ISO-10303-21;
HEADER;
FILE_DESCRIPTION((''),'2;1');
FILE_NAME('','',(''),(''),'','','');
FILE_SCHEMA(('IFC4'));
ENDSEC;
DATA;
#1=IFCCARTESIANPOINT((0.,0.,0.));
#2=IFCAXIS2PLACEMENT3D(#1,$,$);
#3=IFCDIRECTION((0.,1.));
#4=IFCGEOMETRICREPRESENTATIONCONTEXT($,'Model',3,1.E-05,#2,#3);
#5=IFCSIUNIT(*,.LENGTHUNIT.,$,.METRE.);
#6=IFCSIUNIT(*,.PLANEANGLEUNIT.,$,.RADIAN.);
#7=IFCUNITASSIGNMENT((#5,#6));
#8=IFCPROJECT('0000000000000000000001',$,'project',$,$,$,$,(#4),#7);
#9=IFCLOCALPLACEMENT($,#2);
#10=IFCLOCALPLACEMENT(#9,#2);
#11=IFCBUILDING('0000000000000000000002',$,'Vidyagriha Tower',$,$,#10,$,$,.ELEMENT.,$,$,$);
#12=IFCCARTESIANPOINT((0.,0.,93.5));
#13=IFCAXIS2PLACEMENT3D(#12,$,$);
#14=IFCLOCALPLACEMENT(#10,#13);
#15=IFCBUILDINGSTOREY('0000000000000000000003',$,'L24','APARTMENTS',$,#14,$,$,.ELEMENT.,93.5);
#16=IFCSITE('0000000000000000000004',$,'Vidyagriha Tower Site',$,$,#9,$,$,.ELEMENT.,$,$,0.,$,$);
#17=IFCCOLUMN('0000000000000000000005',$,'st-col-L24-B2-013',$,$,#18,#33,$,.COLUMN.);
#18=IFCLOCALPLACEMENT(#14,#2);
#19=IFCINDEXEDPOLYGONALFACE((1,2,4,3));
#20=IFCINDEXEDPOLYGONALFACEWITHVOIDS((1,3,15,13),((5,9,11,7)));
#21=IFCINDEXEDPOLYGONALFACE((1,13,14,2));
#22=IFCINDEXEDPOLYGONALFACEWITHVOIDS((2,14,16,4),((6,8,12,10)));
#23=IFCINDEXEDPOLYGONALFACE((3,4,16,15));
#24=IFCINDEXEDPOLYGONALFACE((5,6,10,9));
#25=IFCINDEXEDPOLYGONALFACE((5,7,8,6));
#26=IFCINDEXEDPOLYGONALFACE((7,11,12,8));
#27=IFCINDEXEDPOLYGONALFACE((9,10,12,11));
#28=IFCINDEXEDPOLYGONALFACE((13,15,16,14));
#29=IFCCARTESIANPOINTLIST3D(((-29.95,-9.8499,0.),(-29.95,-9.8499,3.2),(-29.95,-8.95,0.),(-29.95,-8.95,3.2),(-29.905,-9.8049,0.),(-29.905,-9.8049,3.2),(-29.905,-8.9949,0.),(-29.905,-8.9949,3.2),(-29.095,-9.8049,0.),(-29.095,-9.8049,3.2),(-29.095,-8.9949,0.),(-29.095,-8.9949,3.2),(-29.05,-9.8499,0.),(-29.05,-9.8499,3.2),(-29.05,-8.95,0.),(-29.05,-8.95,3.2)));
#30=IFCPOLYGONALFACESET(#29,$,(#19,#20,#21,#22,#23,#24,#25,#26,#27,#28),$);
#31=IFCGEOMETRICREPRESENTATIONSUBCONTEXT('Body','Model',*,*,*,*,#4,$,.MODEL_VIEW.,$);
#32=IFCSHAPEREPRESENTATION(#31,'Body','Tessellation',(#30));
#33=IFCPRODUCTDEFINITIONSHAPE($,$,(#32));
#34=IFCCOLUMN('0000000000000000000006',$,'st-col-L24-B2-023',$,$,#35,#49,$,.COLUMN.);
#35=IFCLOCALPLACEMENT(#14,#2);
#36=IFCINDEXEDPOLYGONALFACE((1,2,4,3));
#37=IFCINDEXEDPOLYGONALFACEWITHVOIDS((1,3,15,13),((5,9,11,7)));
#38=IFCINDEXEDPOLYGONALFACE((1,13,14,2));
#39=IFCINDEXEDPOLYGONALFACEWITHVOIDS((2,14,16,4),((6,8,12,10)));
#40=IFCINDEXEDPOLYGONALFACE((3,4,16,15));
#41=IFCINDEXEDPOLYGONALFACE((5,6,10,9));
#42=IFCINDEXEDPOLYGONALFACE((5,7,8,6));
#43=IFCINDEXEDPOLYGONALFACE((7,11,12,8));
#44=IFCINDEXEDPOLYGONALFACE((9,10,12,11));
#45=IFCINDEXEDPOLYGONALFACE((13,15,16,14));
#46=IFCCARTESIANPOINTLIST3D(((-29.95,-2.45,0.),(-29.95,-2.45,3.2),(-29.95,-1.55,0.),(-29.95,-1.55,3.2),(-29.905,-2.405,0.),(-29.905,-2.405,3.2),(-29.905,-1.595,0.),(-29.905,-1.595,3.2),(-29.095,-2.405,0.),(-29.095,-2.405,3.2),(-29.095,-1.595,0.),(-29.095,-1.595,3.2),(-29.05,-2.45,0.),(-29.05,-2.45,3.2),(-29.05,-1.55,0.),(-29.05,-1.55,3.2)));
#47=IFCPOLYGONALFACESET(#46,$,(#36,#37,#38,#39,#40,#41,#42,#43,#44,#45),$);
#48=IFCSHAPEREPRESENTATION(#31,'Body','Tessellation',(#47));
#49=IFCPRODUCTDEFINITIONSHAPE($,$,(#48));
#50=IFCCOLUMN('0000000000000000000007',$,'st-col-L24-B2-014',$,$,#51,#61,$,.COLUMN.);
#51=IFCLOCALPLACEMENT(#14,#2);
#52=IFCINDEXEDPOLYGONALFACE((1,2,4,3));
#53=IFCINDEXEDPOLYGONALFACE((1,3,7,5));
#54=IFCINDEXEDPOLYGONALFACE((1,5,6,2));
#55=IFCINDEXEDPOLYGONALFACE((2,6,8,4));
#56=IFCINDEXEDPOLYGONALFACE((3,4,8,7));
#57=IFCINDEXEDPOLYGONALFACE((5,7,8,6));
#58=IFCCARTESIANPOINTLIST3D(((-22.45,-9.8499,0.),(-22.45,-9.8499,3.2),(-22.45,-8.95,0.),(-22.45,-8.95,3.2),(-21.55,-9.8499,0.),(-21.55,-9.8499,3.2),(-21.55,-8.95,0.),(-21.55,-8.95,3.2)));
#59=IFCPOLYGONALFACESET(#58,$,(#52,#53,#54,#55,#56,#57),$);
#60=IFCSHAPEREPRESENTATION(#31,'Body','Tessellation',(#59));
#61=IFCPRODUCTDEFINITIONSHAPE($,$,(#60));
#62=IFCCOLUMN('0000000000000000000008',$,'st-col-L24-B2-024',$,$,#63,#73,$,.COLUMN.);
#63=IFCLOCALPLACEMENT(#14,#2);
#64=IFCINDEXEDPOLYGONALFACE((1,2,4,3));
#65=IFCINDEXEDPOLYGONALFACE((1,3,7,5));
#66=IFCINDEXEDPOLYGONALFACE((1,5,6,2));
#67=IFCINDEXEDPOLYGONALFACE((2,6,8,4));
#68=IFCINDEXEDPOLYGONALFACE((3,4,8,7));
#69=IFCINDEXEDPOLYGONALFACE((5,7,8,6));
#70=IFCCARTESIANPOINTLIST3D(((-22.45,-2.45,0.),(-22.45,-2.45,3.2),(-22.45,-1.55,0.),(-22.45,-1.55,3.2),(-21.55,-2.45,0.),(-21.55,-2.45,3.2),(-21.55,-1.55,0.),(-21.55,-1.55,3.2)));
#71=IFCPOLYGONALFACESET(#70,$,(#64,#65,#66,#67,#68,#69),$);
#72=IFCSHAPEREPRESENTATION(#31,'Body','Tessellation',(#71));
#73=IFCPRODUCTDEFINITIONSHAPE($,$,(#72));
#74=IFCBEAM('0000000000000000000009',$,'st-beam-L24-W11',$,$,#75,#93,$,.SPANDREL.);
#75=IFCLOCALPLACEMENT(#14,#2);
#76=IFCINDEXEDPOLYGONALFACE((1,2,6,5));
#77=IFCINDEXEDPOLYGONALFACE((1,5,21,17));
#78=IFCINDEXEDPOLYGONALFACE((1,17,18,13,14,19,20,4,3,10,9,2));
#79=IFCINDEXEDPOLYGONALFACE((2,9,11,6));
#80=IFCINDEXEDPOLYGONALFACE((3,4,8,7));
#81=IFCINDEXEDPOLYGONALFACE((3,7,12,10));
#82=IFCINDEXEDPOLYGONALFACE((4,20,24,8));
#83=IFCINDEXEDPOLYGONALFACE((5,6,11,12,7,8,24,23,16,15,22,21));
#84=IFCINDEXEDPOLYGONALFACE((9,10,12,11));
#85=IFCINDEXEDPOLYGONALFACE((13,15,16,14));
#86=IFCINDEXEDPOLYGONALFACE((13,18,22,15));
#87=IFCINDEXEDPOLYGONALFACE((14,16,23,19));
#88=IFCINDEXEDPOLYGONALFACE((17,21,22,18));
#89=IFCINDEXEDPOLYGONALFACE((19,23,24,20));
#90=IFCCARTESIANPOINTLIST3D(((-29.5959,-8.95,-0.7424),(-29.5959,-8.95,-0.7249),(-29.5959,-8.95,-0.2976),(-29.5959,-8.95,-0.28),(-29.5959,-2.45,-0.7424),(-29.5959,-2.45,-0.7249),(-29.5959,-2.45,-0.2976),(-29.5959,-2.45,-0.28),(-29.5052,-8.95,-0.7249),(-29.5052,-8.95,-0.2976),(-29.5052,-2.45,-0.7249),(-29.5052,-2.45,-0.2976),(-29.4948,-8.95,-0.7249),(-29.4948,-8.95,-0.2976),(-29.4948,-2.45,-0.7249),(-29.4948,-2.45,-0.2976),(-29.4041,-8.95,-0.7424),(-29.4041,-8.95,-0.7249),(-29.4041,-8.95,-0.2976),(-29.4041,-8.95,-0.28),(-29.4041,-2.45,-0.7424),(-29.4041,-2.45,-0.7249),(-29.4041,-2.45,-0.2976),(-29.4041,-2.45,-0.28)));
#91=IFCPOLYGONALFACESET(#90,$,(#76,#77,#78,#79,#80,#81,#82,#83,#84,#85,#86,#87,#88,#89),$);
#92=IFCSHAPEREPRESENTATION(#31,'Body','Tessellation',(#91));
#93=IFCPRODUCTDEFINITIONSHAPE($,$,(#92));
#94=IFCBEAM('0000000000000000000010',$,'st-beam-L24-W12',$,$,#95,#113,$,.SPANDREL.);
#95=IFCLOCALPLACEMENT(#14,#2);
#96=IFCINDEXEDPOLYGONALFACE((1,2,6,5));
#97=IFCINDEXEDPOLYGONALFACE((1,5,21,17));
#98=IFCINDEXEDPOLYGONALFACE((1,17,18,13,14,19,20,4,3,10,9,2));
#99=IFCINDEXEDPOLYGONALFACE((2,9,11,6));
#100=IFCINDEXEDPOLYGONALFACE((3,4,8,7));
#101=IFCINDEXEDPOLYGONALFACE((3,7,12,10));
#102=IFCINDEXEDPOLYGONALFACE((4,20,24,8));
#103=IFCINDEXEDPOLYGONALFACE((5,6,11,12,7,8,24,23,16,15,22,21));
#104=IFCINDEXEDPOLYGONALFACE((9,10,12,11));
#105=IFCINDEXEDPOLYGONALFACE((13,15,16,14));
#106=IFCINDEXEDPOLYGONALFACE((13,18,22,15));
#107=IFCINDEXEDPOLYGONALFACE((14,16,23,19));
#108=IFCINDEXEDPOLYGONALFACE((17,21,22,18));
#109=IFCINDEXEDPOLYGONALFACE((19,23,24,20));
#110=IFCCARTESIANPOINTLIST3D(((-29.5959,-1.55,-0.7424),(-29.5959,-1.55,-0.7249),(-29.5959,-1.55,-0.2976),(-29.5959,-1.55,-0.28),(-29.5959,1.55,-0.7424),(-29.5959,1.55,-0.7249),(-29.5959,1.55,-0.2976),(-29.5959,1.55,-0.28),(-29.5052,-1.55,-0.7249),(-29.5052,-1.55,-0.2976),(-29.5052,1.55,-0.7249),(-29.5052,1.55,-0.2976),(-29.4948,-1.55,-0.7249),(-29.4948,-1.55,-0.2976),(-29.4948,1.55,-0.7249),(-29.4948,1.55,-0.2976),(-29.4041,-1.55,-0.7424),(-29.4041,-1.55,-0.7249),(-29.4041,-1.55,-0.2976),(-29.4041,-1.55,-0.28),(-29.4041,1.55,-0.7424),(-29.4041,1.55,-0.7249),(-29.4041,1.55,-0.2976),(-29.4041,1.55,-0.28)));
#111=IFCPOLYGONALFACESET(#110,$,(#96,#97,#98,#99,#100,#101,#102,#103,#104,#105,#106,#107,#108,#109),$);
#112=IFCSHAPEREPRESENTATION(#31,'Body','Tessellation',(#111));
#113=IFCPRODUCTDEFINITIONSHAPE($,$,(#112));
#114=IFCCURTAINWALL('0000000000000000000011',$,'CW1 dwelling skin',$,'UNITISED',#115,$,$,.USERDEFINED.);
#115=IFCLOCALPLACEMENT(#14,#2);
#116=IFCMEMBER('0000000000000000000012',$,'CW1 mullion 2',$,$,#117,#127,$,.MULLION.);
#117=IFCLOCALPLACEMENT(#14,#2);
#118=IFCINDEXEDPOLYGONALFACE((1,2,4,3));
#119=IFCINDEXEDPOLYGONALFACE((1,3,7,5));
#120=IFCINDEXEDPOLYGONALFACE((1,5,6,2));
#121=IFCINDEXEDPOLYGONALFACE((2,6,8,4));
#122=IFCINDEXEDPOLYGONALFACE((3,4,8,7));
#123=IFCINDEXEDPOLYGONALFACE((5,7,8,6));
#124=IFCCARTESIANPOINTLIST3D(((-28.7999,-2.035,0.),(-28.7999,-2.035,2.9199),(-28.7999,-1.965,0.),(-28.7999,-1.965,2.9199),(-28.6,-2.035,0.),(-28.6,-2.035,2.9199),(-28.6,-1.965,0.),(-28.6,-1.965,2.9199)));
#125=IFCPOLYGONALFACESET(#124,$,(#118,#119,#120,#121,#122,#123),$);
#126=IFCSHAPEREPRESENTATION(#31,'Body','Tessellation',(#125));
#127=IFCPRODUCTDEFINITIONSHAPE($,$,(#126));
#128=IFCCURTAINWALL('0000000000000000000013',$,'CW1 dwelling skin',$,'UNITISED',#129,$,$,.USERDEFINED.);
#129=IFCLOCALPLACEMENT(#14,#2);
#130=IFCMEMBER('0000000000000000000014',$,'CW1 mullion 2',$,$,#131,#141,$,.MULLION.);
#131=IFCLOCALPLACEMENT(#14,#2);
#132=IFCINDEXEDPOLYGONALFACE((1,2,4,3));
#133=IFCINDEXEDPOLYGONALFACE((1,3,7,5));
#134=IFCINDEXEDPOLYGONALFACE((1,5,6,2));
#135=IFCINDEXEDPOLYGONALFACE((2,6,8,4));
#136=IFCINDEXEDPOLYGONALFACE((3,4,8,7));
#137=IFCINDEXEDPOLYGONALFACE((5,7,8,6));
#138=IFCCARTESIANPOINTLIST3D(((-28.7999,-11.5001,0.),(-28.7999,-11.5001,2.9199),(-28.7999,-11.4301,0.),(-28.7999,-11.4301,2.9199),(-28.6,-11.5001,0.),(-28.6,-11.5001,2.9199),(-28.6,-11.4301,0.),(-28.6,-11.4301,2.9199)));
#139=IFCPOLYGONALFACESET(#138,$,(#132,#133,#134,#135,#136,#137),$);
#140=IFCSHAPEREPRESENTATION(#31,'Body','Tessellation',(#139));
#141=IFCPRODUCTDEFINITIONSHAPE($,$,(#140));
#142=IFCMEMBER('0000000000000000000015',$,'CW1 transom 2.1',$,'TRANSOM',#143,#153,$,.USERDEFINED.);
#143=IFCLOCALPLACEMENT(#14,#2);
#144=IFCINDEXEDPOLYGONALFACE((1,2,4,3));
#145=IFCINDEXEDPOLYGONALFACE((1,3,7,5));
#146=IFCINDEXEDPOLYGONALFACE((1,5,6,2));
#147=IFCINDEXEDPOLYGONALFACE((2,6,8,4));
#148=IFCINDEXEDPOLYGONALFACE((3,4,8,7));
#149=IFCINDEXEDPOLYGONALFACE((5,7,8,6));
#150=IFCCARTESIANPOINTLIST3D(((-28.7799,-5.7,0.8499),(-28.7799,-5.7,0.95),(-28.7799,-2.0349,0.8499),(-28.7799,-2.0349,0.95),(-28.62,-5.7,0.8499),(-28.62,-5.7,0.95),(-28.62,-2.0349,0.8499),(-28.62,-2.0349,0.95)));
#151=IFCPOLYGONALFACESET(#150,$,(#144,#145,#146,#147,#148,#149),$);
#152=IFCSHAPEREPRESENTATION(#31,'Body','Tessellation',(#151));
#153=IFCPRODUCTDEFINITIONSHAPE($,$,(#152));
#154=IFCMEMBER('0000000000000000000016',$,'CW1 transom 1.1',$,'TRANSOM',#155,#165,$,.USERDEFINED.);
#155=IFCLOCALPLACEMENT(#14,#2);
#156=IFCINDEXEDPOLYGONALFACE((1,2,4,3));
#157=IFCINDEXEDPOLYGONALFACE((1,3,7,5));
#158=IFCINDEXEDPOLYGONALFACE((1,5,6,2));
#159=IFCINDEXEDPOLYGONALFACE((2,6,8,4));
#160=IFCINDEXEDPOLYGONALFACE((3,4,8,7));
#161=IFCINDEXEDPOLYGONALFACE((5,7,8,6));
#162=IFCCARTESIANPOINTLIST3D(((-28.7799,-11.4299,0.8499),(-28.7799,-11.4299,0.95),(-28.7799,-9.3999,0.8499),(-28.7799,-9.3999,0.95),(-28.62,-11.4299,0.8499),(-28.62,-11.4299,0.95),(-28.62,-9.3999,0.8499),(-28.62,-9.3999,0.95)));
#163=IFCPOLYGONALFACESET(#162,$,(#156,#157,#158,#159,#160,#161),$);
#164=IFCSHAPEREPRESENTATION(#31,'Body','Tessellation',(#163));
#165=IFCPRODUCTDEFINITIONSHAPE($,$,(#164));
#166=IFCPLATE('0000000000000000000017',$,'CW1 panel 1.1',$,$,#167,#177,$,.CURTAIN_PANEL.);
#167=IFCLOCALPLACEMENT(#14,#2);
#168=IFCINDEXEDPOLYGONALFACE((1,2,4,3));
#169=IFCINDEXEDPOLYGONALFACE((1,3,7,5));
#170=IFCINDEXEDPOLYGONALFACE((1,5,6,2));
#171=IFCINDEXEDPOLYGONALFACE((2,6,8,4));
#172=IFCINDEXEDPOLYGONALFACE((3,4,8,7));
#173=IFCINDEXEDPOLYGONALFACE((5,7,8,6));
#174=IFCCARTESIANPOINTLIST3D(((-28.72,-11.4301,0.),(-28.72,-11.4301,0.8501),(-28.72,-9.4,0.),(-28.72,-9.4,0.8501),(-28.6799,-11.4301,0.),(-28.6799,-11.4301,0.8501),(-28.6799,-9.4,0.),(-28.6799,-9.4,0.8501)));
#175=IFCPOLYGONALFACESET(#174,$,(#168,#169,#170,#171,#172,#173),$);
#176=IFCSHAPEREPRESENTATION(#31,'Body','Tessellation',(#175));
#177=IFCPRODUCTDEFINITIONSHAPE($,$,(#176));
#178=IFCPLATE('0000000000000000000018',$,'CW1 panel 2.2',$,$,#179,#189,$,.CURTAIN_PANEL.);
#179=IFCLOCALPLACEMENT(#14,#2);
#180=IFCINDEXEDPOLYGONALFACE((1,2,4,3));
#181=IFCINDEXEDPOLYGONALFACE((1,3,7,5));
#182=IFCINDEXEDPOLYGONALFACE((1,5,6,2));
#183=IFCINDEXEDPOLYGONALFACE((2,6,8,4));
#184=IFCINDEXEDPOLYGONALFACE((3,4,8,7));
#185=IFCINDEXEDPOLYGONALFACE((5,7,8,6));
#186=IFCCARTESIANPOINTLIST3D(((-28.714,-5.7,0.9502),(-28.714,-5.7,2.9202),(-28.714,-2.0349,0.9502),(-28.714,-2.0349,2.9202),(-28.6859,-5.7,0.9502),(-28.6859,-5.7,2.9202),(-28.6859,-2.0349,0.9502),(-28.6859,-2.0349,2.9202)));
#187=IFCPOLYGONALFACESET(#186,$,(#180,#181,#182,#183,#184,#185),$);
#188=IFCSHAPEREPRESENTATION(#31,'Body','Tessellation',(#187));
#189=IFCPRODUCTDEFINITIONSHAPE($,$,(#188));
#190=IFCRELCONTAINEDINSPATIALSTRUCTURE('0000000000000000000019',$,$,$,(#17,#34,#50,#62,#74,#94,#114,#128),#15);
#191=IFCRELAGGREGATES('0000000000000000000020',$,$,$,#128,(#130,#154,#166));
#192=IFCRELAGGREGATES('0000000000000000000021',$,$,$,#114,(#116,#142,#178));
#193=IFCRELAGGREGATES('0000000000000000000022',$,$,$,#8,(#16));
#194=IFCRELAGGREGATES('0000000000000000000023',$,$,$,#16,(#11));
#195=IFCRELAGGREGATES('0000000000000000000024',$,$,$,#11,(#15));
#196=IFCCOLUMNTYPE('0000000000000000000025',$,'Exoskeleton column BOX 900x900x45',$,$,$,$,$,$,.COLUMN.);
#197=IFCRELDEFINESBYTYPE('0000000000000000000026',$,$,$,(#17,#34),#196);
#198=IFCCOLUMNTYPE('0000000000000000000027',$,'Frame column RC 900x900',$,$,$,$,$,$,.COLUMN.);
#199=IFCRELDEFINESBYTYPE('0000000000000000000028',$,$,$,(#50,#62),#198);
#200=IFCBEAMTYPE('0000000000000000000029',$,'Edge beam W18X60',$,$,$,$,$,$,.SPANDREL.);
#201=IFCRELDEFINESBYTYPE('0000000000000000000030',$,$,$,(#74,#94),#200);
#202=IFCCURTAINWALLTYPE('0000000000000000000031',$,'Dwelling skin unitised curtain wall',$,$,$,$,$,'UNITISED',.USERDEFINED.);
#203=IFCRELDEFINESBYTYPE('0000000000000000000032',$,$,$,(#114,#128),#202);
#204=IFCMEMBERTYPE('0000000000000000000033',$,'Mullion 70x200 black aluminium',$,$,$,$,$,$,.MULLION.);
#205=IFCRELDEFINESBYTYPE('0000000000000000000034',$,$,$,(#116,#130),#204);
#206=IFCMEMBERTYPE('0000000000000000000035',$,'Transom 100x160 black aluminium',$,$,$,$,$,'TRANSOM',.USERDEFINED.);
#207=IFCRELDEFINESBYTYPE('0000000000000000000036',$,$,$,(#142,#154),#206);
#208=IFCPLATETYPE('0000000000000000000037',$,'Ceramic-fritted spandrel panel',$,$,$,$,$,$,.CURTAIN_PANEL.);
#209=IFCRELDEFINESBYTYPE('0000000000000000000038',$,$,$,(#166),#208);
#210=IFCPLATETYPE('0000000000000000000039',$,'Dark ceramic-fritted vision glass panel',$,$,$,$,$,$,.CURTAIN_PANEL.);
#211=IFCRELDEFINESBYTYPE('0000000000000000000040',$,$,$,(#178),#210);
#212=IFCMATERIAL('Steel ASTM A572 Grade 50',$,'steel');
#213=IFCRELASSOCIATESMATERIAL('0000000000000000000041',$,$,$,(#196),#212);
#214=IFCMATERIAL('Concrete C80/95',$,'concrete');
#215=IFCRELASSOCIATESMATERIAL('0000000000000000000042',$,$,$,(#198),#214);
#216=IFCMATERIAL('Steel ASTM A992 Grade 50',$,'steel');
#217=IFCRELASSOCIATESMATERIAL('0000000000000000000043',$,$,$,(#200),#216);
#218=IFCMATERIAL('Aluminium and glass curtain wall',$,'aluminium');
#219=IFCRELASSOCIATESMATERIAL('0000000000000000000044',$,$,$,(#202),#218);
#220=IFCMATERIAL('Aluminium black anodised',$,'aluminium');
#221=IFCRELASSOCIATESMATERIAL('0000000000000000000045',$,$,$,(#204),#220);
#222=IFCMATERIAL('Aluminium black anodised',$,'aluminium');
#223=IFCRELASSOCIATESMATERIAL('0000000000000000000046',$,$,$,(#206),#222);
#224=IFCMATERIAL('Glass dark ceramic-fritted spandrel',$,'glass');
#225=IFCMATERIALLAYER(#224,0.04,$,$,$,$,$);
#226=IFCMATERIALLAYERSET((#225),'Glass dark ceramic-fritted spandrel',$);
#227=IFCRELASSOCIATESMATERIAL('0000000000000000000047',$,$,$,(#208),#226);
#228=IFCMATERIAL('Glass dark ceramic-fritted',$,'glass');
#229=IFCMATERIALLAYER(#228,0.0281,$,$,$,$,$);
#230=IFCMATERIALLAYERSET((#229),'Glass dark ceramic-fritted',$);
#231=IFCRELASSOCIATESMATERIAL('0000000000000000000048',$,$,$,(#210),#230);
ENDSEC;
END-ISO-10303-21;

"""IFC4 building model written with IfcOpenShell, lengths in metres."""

from ifc_helpers import new_model, si_unit, direction, frame, origin, origin_2d, place, context, subcontext, project, spatial, rectangle, hollow_rectangle, i_section, extrude, material, layer, layer_set, material_profile, profile_set, type_object, element, aggregate, save


model = new_model("IFC4")

# Units and contexts
model_context = context("Model", 3, precision=1e-05, world=origin(), true_north=direction((0.0, 1.0)))
body_context = subcontext(model_context, "Body", "Model", "MODEL_VIEW")
ifc_project = project(units=[si_unit("LENGTHUNIT", "METRE"), si_unit("PLANEANGLEUNIT", "RADIAN")], contexts=[model_context])

# Site, building, storey
site_placement = place(None, origin())
site = spatial("IfcSite", under=ifc_project, at=site_placement, Name="Vidyagriha Tower Site", CompositionType="ELEMENT", RefElevation=0.0)
building_placement = place(site_placement, origin())
building = spatial("IfcBuilding", under=site, at=building_placement, Name="Vidyagriha Tower", CompositionType="ELEMENT")
storey_placement = place(building_placement, frame((0.0, 0.0, 93.5)))
storey = spatial("IfcBuildingStorey", under=building, at=storey_placement, Name="L24", Description="APARTMENTS", CompositionType="ELEMENT", Elevation=93.5)

# Columns
ifc_material_1 = material(Name="Steel ASTM A572 Grade 50", Category="steel")
ifc_material_profile_1 = material_profile(ifc_material_1, hollow_rectangle(XDim=0.8999, YDim=0.8999, WallThickness=0.0449, at=origin_2d()), Name="BOX 900x900x45")
ifc_profile_set_1 = profile_set([ifc_material_profile_1], Name="Steel ASTM A572 Grade 50")
column_type_1 = type_object("IfcColumnType", Name="Exoskeleton column BOX 900x900x45", PredefinedType="COLUMN", material=ifc_profile_set_1)
for number, where, name in (
    (1, (-29.5, -9.3999, 0.0), "st-col-L24-B2-013"),
    (2, (-29.5, -2.0, 0.0), "st-col-L24-B2-023"),
):
    element("IfcColumn", number, at=place(storey_placement, frame(where)), inside=storey, type_object=column_type_1, Name=name, PredefinedType="COLUMN", context=body_context, shape_type="SweptSolid", body=[
        extrude(hollow_rectangle(XDim=0.8999, YDim=0.8999, WallThickness=0.0449, at=origin_2d()), origin(), (0.0, 0.0, 1.0), 3.2),
    ])
ifc_material_2 = material(Name="Concrete C80/95", Category="concrete")
ifc_material_profile_2 = material_profile(ifc_material_2, rectangle(XDim=0.8999, YDim=0.8999, at=origin_2d()), Name="RC 900x900")
ifc_profile_set_2 = profile_set([ifc_material_profile_2], Name="Concrete C80/95")
column_type_2 = type_object("IfcColumnType", Name="Frame column RC 900x900", PredefinedType="COLUMN", material=ifc_profile_set_2)
for number, where, name in (
    (3, (-22.0, -9.3999, 0.0), "st-col-L24-B2-014"),
    (4, (-22.0, -2.0, 0.0), "st-col-L24-B2-024"),
):
    element("IfcColumn", number, at=place(storey_placement, frame(where)), inside=storey, type_object=column_type_2, Name=name, PredefinedType="COLUMN", context=body_context, shape_type="SweptSolid", body=[
        extrude(rectangle(XDim=0.8999, YDim=0.8999, at=origin_2d()), origin(), (0.0, 0.0, 1.0), 3.2),
    ])

# Beams
ifc_material_3 = material(Name="Steel ASTM A992 Grade 50", Category="steel")
ifc_material_profile_3 = material_profile(ifc_material_3, i_section(OverallWidth=0.1919, OverallDepth=0.4624, WebThickness=0.0105, FlangeThickness=0.0176, at=origin_2d()), Name="W18X60")
ifc_profile_set_3 = profile_set([ifc_material_profile_3], Name="Steel ASTM A992 Grade 50")
beam_type = type_object("IfcBeamType", Name="Edge beam W18X60", PredefinedType="SPANDREL", material=ifc_profile_set_3)
beam_1_placement = place(storey_placement, frame((-29.5, -8.95, -0.5112), z_axis=(0.0, 1.0, 0.0), x_axis=(-1.0, 0.0, 0.0)))
element("IfcBeam", 5, at=beam_1_placement, inside=storey, type_object=beam_type, Name="st-beam-L24-W11", PredefinedType="SPANDREL", context=body_context, shape_type="SweptSolid", body=[
    extrude(i_section(OverallWidth=0.1919, OverallDepth=0.4624, WebThickness=0.0105, FlangeThickness=0.0176, at=origin_2d()), origin(), (0.0, 0.0, 1.0), 6.5),
])
beam_2_placement = place(storey_placement, frame((-29.5, -1.55, -0.5112), z_axis=(0.0, 1.0, 0.0), x_axis=(-1.0, 0.0, 0.0)))
element("IfcBeam", 6, at=beam_2_placement, inside=storey, type_object=beam_type, Name="st-beam-L24-W12", PredefinedType="SPANDREL", context=body_context, shape_type="SweptSolid", body=[
    extrude(i_section(OverallWidth=0.1919, OverallDepth=0.4624, WebThickness=0.0105, FlangeThickness=0.0176, at=origin_2d()), origin(), (0.0, 0.0, 1.0), 3.1001),
])

# Curtain walls, members
ifc_material_4 = material(Name="Aluminium and glass curtain wall", Category="aluminium")
curtain_wall_type = type_object("IfcCurtainWallType", Name="Dwelling skin unitised curtain wall", ElementType="UNITISED", PredefinedType="USERDEFINED", material=ifc_material_4)
curtain_wall_1_placement = place(storey_placement, origin())
curtain_wall_1 = element("IfcCurtainWall", 7, at=curtain_wall_1_placement, inside=storey, type_object=curtain_wall_type, Name="CW1 dwelling skin", ObjectType="UNITISED", PredefinedType="USERDEFINED")
ifc_material_5 = material(Name="Aluminium black anodised", Category="aluminium")
ifc_material_profile_4 = material_profile(ifc_material_5, rectangle(XDim=0.2, YDim=0.0701, at=origin_2d()), Name="Mullion 70x200 black aluminium")
ifc_profile_set_4 = profile_set([ifc_material_profile_4], Name="Aluminium black anodised")
member_type_1 = type_object("IfcMemberType", Name="Mullion 70x200 black aluminium", PredefinedType="MULLION", material=ifc_profile_set_4)
member_1_placement = place(storey_placement, frame((-28.7, -2.0, 0.0)))
member_1 = element("IfcMember", 8, at=member_1_placement, type_object=member_type_1, Name="CW1 mullion 2", PredefinedType="MULLION", context=body_context, shape_type="SweptSolid", body=[
    extrude(rectangle(XDim=0.2, YDim=0.0701, at=origin_2d()), origin(), (0.0, 0.0, 1.0), 2.9199),
])
curtain_wall_2_placement = place(storey_placement, origin())
curtain_wall_2 = element("IfcCurtainWall", 9, at=curtain_wall_2_placement, inside=storey, type_object=curtain_wall_type, Name="CW1 dwelling skin", ObjectType="UNITISED", PredefinedType="USERDEFINED")
member_2_placement = place(storey_placement, frame((-28.7, -11.4651, 0.0)))
member_2 = element("IfcMember", 10, at=member_2_placement, type_object=member_type_1, Name="CW1 mullion 2", PredefinedType="MULLION", context=body_context, shape_type="SweptSolid", body=[
    extrude(rectangle(XDim=0.2, YDim=0.0701, at=origin_2d()), origin(), (0.0, 0.0, 1.0), 2.9199),
])

# Members
ifc_material_6 = material(Name="Aluminium black anodised", Category="aluminium")
ifc_material_profile_5 = material_profile(ifc_material_6, rectangle(XDim=0.1599, YDim=0.1001, at=origin_2d()), Name="Transom 100x160 black aluminium")
ifc_profile_set_5 = profile_set([ifc_material_profile_5], Name="Aluminium black anodised")
member_type_2 = type_object("IfcMemberType", Name="Transom 100x160 black aluminium", ElementType="TRANSOM", PredefinedType="USERDEFINED", material=ifc_profile_set_5)
member_3_placement = place(storey_placement, frame((-28.7, -2.0349, 0.8999), z_axis=(0.0, -1.0, 0.0), x_axis=(1.0, 0.0, 0.0)))
member_3 = element("IfcMember", 11, at=member_3_placement, type_object=member_type_2, Name="CW1 transom 2.1", ObjectType="TRANSOM", PredefinedType="USERDEFINED", context=body_context, shape_type="SweptSolid", body=[
    extrude(rectangle(XDim=0.1599, YDim=0.1001, at=origin_2d()), origin(), (0.0, 0.0, 1.0), 3.665),
])
member_4_placement = place(storey_placement, frame((-28.7, -9.3999, 0.8999), z_axis=(0.0, -1.0, 0.0), x_axis=(1.0, 0.0, 0.0)))
member_4 = element("IfcMember", 12, at=member_4_placement, type_object=member_type_2, Name="CW1 transom 1.1", ObjectType="TRANSOM", PredefinedType="USERDEFINED", context=body_context, shape_type="SweptSolid", body=[
    extrude(rectangle(XDim=0.1599, YDim=0.1001, at=origin_2d()), origin(), (0.0, 0.0, 1.0), 2.03),
])

# Plates
ifc_material_7 = material(Name="Glass dark ceramic-fritted spandrel", Category="glass")
ifc_layer_1 = layer(ifc_material_7, 0.04)
ifc_layer_set_1 = layer_set([ifc_layer_1], Name="Glass dark ceramic-fritted spandrel")
plate_type_1 = type_object("IfcPlateType", Name="Ceramic-fritted spandrel panel", PredefinedType="CURTAIN_PANEL", material=ifc_layer_set_1)
plate_1_placement = place(storey_placement, frame((-28.7, -10.415, 0.0), z_axis=(0.0, 0.0, 1.0), x_axis=(0.0, -1.0, 0.0)))
plate_1 = element("IfcPlate", 13, at=plate_1_placement, type_object=plate_type_1, Name="CW1 panel 1.1", PredefinedType="CURTAIN_PANEL", context=body_context, shape_type="SweptSolid", body=[
    extrude(rectangle(XDim=2.03, YDim=0.04, at=origin_2d()), origin(), (0.0, 0.0, 1.0), 0.8501),
])
ifc_material_8 = material(Name="Glass dark ceramic-fritted", Category="glass")
ifc_layer_2 = layer(ifc_material_8, 0.0281)
ifc_layer_set_2 = layer_set([ifc_layer_2], Name="Glass dark ceramic-fritted")
plate_type_2 = type_object("IfcPlateType", Name="Dark ceramic-fritted vision glass panel", PredefinedType="CURTAIN_PANEL", material=ifc_layer_set_2)
plate_2_placement = place(storey_placement, frame((-28.7, -3.8674, 0.9502), z_axis=(0.0, 0.0, 1.0), x_axis=(0.0, -1.0, 0.0)))
plate_2 = element("IfcPlate", 14, at=plate_2_placement, type_object=plate_type_2, Name="CW1 panel 2.2", PredefinedType="CURTAIN_PANEL", context=body_context, shape_type="SweptSolid", body=[
    extrude(rectangle(XDim=3.665, YDim=0.0281, at=origin_2d()), origin(), (0.0, 0.0, 1.0), 1.97),
])
aggregate(curtain_wall_2, [member_2, member_4, plate_1])
aggregate(curtain_wall_1, [member_1, member_3, plate_2])

save(model, "model.ifc")
